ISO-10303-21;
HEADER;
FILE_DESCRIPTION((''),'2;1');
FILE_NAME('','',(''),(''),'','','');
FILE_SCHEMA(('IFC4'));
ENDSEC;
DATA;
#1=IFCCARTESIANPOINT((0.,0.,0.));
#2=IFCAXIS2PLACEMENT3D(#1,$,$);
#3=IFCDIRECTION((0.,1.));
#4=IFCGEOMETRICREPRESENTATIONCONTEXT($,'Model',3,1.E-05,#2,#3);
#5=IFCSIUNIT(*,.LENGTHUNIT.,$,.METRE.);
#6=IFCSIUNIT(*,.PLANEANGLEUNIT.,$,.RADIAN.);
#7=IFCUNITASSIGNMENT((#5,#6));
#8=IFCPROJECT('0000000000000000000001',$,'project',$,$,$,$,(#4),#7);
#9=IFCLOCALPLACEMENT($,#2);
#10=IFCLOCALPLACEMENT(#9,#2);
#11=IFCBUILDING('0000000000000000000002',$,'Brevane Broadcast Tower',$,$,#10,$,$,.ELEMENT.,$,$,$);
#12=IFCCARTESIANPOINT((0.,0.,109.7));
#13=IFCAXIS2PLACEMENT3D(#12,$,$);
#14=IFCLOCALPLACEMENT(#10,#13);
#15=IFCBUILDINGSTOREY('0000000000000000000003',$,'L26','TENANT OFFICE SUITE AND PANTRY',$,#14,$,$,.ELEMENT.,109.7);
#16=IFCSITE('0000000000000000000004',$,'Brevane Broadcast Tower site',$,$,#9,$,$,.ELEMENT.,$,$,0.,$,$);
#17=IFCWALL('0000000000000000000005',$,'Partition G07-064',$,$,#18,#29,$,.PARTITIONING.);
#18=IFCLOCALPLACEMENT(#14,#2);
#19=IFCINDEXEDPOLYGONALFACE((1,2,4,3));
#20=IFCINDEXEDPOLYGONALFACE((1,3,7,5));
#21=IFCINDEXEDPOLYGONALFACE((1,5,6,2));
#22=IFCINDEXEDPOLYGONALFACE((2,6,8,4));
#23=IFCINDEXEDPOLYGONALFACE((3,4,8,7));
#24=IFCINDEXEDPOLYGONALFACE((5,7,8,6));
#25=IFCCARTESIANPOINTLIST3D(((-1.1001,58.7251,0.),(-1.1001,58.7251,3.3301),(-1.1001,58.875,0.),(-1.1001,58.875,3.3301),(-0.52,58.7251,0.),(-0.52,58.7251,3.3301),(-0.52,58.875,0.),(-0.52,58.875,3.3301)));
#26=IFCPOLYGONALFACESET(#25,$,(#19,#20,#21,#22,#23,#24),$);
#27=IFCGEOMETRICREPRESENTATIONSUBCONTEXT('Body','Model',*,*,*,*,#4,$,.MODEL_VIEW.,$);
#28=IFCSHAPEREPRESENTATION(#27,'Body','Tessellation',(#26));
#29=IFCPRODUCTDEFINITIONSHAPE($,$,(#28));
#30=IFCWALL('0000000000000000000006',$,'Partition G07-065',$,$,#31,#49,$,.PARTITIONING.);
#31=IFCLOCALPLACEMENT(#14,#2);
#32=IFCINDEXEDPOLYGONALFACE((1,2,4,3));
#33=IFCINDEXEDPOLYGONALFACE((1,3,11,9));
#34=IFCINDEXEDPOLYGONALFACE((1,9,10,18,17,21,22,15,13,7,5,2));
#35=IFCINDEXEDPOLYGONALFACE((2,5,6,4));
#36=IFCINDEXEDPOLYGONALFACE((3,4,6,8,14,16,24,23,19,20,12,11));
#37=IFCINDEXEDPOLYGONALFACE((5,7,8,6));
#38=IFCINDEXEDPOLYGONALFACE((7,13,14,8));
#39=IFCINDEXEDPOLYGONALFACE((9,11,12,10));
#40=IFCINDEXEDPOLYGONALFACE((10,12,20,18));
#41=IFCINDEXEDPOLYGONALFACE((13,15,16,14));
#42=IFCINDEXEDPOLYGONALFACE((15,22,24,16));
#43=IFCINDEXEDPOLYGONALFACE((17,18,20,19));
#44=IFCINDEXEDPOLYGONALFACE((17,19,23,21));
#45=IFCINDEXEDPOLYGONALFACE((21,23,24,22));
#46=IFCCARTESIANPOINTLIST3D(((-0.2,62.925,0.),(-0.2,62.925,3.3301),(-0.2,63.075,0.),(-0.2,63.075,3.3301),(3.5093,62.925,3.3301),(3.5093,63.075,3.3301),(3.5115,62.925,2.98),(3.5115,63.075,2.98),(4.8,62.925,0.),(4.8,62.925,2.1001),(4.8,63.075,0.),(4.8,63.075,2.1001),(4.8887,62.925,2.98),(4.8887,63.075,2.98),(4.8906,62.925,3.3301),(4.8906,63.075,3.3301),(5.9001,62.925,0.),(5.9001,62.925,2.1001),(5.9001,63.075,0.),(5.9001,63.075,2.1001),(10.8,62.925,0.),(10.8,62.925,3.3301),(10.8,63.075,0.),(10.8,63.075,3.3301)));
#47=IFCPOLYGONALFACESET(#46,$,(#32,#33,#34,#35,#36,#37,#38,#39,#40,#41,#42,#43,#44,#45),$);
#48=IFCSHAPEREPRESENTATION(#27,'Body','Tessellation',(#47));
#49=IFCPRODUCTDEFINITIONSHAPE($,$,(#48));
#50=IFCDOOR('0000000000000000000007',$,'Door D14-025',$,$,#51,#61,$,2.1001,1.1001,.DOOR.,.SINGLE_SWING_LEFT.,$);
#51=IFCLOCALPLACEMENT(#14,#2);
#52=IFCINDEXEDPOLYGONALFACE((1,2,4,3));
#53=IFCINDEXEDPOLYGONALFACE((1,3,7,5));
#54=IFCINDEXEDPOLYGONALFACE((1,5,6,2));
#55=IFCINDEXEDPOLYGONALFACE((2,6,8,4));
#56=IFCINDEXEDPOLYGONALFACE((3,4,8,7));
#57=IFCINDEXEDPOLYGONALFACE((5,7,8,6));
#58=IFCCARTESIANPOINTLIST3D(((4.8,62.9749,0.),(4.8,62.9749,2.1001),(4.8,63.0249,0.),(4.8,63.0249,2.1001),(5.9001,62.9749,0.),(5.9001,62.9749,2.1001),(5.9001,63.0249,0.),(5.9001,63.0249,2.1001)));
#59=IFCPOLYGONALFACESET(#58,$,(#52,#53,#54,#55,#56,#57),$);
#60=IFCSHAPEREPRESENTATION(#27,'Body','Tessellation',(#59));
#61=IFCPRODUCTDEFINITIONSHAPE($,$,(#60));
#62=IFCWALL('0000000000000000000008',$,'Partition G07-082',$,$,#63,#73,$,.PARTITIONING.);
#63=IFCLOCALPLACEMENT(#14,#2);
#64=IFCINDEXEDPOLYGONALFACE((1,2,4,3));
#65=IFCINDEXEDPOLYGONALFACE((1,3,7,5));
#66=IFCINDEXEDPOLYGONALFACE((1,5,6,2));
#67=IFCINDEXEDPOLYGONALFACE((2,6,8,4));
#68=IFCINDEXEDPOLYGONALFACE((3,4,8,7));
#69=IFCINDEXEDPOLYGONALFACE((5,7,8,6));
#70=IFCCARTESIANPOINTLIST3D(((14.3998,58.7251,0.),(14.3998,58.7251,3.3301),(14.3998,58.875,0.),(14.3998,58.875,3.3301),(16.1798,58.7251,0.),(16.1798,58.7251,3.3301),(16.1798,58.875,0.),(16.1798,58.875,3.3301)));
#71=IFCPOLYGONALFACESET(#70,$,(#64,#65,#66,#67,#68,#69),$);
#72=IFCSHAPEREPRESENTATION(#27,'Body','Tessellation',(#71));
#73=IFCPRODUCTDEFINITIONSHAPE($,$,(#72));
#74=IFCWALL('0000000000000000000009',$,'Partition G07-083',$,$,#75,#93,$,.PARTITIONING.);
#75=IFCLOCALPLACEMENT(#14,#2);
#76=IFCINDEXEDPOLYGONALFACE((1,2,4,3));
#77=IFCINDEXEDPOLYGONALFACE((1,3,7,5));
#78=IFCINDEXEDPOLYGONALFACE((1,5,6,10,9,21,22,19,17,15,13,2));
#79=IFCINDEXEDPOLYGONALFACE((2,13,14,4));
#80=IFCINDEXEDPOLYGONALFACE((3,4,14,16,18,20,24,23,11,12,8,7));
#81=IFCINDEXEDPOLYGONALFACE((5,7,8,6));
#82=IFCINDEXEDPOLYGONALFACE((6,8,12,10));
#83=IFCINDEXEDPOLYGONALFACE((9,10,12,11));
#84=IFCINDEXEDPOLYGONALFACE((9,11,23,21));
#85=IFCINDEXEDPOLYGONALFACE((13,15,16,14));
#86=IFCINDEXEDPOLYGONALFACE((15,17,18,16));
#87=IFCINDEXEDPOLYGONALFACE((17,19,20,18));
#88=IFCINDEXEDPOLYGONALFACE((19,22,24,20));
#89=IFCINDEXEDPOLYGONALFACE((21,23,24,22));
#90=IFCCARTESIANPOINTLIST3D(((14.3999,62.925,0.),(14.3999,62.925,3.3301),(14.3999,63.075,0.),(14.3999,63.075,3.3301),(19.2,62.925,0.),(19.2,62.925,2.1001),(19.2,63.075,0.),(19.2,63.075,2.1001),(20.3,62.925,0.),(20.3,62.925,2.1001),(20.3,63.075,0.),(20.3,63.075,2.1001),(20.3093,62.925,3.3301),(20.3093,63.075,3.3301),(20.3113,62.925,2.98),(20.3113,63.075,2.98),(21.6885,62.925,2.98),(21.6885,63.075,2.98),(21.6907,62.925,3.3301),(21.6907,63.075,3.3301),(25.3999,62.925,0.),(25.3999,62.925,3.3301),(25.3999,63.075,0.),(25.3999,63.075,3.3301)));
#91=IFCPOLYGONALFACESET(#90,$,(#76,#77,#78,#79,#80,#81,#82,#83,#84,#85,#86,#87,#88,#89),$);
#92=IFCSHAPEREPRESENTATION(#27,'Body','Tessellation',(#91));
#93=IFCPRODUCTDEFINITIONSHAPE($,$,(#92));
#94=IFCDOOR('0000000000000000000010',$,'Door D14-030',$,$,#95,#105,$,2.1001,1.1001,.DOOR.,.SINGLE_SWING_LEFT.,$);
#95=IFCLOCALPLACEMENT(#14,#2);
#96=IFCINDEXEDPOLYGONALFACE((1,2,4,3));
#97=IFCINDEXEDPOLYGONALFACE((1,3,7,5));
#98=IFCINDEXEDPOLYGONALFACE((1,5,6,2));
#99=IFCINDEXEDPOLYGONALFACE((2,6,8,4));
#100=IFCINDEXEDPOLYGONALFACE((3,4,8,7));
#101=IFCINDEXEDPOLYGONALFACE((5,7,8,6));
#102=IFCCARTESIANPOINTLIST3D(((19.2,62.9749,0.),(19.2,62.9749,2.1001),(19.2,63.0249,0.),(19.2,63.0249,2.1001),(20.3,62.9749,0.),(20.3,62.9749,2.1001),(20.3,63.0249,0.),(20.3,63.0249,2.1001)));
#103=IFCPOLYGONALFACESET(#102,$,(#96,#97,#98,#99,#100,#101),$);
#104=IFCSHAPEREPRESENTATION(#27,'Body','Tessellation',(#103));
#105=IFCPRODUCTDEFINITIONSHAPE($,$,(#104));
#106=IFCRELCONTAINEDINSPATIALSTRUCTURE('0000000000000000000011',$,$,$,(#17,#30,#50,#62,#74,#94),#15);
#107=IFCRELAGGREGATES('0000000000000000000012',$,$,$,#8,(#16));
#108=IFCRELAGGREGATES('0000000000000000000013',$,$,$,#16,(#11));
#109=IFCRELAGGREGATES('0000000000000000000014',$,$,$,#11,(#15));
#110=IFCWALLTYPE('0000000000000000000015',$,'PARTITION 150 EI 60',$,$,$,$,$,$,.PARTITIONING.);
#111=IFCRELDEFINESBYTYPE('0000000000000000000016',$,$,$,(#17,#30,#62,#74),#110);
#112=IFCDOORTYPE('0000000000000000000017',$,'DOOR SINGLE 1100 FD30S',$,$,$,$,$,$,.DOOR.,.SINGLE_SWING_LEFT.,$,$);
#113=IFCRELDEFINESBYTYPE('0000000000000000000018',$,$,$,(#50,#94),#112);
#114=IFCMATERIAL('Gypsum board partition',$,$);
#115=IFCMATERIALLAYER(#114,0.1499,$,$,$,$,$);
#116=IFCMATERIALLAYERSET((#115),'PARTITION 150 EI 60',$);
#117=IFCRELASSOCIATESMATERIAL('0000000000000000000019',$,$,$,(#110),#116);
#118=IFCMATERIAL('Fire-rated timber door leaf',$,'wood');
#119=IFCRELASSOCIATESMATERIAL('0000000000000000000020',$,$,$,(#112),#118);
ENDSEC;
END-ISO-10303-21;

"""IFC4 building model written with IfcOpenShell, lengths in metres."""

from ifc_helpers import new_model, si_unit, direction, frame, frame_2d, origin, place, context, subcontext, project, spatial, polyline, rectangle, outline, extrude, material, layer, layer_set, type_object, element, fill, save


model = new_model("IFC4")

# Units and contexts
model_context = context("Model", 3, precision=1e-05, world=origin(), true_north=direction((0.0, 1.0)))
body_context = subcontext(model_context, "Body", "Model", "MODEL_VIEW")
ifc_project = project(units=[si_unit("LENGTHUNIT", "METRE"), si_unit("PLANEANGLEUNIT", "RADIAN")], contexts=[model_context])

# Site, building, storey
site_placement = place(None, origin())
site = spatial("IfcSite", under=ifc_project, at=site_placement, Name="Brevane Broadcast Tower site", CompositionType="ELEMENT", RefElevation=0.0)
building_placement = place(site_placement, origin())
building = spatial("IfcBuilding", under=site, at=building_placement, Name="Brevane Broadcast Tower", CompositionType="ELEMENT")
storey_placement = place(building_placement, frame((0.0, 0.0, 109.7)))
storey = spatial("IfcBuildingStorey", under=building, at=storey_placement, Name="L26", Description="TENANT OFFICE SUITE AND PANTRY", CompositionType="ELEMENT", Elevation=109.7)

# Shared definitions
ifc_material_1 = material(Name="Gypsum board partition")
ifc_layer = layer(ifc_material_1, 0.1499)
ifc_layer_set = layer_set([ifc_layer], Name="PARTITION 150 EI 60")
wall_type = type_object("IfcWallType", Name="PARTITION 150 EI 60", PredefinedType="PARTITIONING", material=ifc_layer_set)

# Shared definitions
ifc_material_2 = material(Name="Fire-rated timber door leaf", Category="wood")
door_type = type_object("IfcDoorType", Name="DOOR SINGLE 1100 FD30S", OperationType="SINGLE_SWING_LEFT", PredefinedType="DOOR", material=ifc_material_2)

# Wall
wall_1_placement = place(storey_placement, frame((-0.52, 58.8, 0.0), z_axis=(0.0, 0.0, 1.0), x_axis=(-1.0, 0.0, 0.0)))
element("IfcWall", 1, at=wall_1_placement, inside=storey, type_object=wall_type, Name="Partition G07-064", PredefinedType="PARTITIONING", context=body_context, shape_type="SweptSolid", body=[
    extrude(rectangle(XDim=0.5801, YDim=0.1499, at=frame_2d((0.29, 0.0))), origin(), (0.0, 0.0, 1.0), 3.3301),
])

# Wall, opening, door
wall_2_placement = place(storey_placement, frame((-0.2, 63.0, 0.0), z_axis=(0.0, 0.0, 1.0), x_axis=(1.0, 0.0, 0.0)))
wall_2 = element("IfcWall", 2, at=wall_2_placement, inside=storey, type_object=wall_type, Name="Partition G07-065", PredefinedType="PARTITIONING", context=body_context, shape_type="SweptSolid", body=[
    extrude(outline(polyline([(0.0, 0.0), (11.0, 0.0), (11.0, 3.3301), (5.0906, 3.3301), (5.0886, 2.98), (3.7114, 2.98), (3.7092, 3.3301), (0.0, 3.3301), (0.0, 0.0)])), frame((0.0, 0.075, 0.0), z_axis=(0.0, -1.0, 0.0), x_axis=(1.0, 0.0, 0.0)), (0.0, 0.0, 1.0), 0.1499),
])
opening_1_placement = place(wall_2_placement, frame((5.0, 0.0, 0.0)))
opening_1 = element("IfcOpeningElement", 3, at=opening_1_placement, cuts=wall_2, PredefinedType="OPENING", context=body_context, shape_type="SweptSolid", body=[
    extrude(rectangle(XDim=1.1001, YDim=2.1001, at=frame_2d((0.55, 1.05))), frame((0.0, 0.085, 0.0), z_axis=(0.0, -1.0, 0.0), x_axis=(1.0, 0.0, 0.0)), (0.0, 0.0, 1.0), 0.1699),
])
door_1_placement = place(opening_1_placement, origin())
door_1 = element("IfcDoor", 4, at=door_1_placement, inside=storey, type_object=door_type, Name="Door D14-025", OperationType="SINGLE_SWING_LEFT", OverallHeight=2.1001, OverallWidth=1.1001, PredefinedType="DOOR", context=body_context, shape_type="SweptSolid", body=[
    extrude(rectangle(XDim=1.1001, YDim=2.1001, at=frame_2d((0.55, 1.05))), frame((0.0, 0.0249, 0.0), z_axis=(0.0, -1.0, 0.0), x_axis=(1.0, 0.0, 0.0)), (0.0, 0.0, 1.0), 0.05),
])
fill(opening_1, door_1)

# Wall
wall_3_placement = place(storey_placement, frame((16.1799, 58.8, 0.0), z_axis=(0.0, 0.0, 1.0), x_axis=(-1.0, 0.0, 0.0)))
element("IfcWall", 5, at=wall_3_placement, inside=storey, type_object=wall_type, Name="Partition G07-082", PredefinedType="PARTITIONING", context=body_context, shape_type="SweptSolid", body=[
    extrude(rectangle(XDim=1.78, YDim=0.1499, at=frame_2d((0.8901, 0.0))), origin(), (0.0, 0.0, 1.0), 3.3301),
])

# Wall, opening, door
wall_4_placement = place(storey_placement, frame((14.3999, 63.0, 0.0), z_axis=(0.0, 0.0, 1.0), x_axis=(1.0, 0.0, 0.0)))
wall_4 = element("IfcWall", 6, at=wall_4_placement, inside=storey, type_object=wall_type, Name="Partition G07-083", PredefinedType="PARTITIONING", context=body_context, shape_type="SweptSolid", body=[
    extrude(outline(polyline([(0.0, 0.0), (11.0, 0.0), (11.0, 3.3301), (7.2908, 3.3301), (7.2886, 2.98), (5.9114, 2.98), (5.9094, 3.3301), (0.0, 3.3301), (0.0, 0.0)])), frame((0.0, 0.075, 0.0), z_axis=(0.0, -1.0, 0.0), x_axis=(1.0, 0.0, 0.0)), (0.0, 0.0, 1.0), 0.1499),
])
opening_2_placement = place(wall_4_placement, frame((4.8, 0.0, 0.0)))
opening_2 = element("IfcOpeningElement", 7, at=opening_2_placement, cuts=wall_4, PredefinedType="OPENING", context=body_context, shape_type="SweptSolid", body=[
    extrude(rectangle(XDim=1.1001, YDim=2.1001, at=frame_2d((0.55, 1.05))), frame((0.0, 0.085, 0.0), z_axis=(0.0, -1.0, 0.0), x_axis=(1.0, 0.0, 0.0)), (0.0, 0.0, 1.0), 0.1699),
])
door_2_placement = place(opening_2_placement, origin())
door_2 = element("IfcDoor", 8, at=door_2_placement, inside=storey, type_object=door_type, Name="Door D14-030", OperationType="SINGLE_SWING_LEFT", OverallHeight=2.1001, OverallWidth=1.1001, PredefinedType="DOOR", context=body_context, shape_type="SweptSolid", body=[
    extrude(rectangle(XDim=1.1001, YDim=2.1001, at=frame_2d((0.55, 1.05))), frame((0.0, 0.0249, 0.0), z_axis=(0.0, -1.0, 0.0), x_axis=(1.0, 0.0, 0.0)), (0.0, 0.0, 1.0), 0.05),
])
fill(opening_2, door_2)

save(model, "model.ifc")
